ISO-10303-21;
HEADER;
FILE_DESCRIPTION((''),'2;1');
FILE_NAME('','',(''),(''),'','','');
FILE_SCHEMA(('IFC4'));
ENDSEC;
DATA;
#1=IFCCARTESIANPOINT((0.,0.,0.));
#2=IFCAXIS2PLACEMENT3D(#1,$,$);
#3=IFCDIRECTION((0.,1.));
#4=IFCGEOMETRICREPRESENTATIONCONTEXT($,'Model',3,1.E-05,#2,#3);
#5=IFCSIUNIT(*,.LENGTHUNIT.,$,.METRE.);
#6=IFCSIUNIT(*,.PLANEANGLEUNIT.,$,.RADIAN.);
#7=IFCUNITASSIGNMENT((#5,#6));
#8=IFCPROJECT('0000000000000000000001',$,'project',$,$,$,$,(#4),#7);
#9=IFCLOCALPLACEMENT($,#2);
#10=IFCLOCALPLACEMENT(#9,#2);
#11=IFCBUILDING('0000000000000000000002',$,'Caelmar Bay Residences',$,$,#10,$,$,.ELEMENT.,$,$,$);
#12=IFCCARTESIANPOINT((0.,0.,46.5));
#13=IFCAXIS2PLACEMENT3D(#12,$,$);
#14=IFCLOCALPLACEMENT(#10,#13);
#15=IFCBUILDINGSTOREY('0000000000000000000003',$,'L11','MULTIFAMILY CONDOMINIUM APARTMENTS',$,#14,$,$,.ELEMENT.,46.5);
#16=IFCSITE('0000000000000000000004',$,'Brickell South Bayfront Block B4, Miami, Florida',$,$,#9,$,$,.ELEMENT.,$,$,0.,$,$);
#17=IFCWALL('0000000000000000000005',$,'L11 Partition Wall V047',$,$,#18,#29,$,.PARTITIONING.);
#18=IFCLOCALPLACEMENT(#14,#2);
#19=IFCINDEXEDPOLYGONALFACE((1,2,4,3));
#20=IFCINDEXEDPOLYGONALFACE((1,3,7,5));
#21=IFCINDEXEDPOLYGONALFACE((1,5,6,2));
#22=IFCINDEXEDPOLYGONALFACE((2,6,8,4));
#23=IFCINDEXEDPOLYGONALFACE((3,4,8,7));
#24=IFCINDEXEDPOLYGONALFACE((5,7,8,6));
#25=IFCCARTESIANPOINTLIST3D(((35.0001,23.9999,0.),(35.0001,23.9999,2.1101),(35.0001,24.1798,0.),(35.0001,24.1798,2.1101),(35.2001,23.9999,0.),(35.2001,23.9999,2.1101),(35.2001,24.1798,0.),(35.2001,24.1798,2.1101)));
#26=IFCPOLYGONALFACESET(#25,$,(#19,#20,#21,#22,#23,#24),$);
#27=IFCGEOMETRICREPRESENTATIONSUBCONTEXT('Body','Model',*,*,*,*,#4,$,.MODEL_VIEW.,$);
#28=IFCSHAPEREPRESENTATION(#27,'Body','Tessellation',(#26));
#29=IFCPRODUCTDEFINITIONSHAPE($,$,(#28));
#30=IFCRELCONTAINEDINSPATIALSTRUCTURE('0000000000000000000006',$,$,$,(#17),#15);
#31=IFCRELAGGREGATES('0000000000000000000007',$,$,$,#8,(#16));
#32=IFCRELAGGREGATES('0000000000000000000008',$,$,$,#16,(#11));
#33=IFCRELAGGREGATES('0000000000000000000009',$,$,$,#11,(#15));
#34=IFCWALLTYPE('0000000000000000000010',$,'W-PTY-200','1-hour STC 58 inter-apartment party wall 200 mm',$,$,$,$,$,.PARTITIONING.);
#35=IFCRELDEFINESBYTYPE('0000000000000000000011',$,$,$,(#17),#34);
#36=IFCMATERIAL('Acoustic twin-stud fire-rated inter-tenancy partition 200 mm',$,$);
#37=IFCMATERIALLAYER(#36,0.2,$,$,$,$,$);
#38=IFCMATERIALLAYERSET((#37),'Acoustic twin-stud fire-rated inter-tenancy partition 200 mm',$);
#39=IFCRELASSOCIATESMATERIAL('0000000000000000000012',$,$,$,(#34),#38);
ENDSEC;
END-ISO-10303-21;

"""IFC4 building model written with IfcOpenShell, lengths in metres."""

from ifc_helpers import new_model, si_unit, direction, frame, frame_2d, origin, place, context, subcontext, project, spatial, rectangle, extrude, material, layer, layer_set, type_object, element, save


model = new_model("IFC4")

# Units and contexts
model_context = context("Model", 3, precision=1e-05, world=origin(), true_north=direction((0.0, 1.0)))
body_context = subcontext(model_context, "Body", "Model", "MODEL_VIEW")
ifc_project = project(units=[si_unit("LENGTHUNIT", "METRE"), si_unit("PLANEANGLEUNIT", "RADIAN")], contexts=[model_context])

# Site, building, storey
site_placement = place(None, origin())
site = spatial("IfcSite", under=ifc_project, at=site_placement, Name="Brickell South Bayfront Block B4, Miami, Florida", CompositionType="ELEMENT", RefElevation=0.0)
building_placement = place(site_placement, origin())
building = spatial("IfcBuilding", under=site, at=building_placement, Name="Caelmar Bay Residences", CompositionType="ELEMENT")
storey_placement = place(building_placement, frame((0.0, 0.0, 46.5)))
storey = spatial("IfcBuildingStorey", under=building, at=storey_placement, Name="L11", Description="MULTIFAMILY CONDOMINIUM APARTMENTS", CompositionType="ELEMENT", Elevation=46.5)

# Wall
ifc_material_1 = material(Name="Acoustic twin-stud fire-rated inter-tenancy partition 200 mm")
ifc_layer_1 = layer(ifc_material_1, 0.2)
ifc_layer_set_1 = layer_set([ifc_layer_1], Name="Acoustic twin-stud fire-rated inter-tenancy partition 200 mm")
wall_type_1 = type_object("IfcWallType", Name="W-PTY-200", Description="1-hour STC 58 inter-apartment party wall 200 mm", PredefinedType="PARTITIONING", material=ifc_layer_set_1)
wall_1_placement = place(storey_placement, frame((35.1001, 24.0, 0.0), z_axis=(0.0, 0.0, 1.0), x_axis=(0.0, 1.0, 0.0)))
element("IfcWall", 1, at=wall_1_placement, inside=storey, type_object=wall_type_1, Name="L11 Partition Wall V047", PredefinedType="PARTITIONING", context=body_context, shape_type="SweptSolid", body=[
    extrude(rectangle(XDim=0.1799, YDim=0.2, at=frame_2d((0.0898, 0.0))), origin(), (0.0, 0.0, 1.0), 2.1101),
])

save(model, "model.ifc")
